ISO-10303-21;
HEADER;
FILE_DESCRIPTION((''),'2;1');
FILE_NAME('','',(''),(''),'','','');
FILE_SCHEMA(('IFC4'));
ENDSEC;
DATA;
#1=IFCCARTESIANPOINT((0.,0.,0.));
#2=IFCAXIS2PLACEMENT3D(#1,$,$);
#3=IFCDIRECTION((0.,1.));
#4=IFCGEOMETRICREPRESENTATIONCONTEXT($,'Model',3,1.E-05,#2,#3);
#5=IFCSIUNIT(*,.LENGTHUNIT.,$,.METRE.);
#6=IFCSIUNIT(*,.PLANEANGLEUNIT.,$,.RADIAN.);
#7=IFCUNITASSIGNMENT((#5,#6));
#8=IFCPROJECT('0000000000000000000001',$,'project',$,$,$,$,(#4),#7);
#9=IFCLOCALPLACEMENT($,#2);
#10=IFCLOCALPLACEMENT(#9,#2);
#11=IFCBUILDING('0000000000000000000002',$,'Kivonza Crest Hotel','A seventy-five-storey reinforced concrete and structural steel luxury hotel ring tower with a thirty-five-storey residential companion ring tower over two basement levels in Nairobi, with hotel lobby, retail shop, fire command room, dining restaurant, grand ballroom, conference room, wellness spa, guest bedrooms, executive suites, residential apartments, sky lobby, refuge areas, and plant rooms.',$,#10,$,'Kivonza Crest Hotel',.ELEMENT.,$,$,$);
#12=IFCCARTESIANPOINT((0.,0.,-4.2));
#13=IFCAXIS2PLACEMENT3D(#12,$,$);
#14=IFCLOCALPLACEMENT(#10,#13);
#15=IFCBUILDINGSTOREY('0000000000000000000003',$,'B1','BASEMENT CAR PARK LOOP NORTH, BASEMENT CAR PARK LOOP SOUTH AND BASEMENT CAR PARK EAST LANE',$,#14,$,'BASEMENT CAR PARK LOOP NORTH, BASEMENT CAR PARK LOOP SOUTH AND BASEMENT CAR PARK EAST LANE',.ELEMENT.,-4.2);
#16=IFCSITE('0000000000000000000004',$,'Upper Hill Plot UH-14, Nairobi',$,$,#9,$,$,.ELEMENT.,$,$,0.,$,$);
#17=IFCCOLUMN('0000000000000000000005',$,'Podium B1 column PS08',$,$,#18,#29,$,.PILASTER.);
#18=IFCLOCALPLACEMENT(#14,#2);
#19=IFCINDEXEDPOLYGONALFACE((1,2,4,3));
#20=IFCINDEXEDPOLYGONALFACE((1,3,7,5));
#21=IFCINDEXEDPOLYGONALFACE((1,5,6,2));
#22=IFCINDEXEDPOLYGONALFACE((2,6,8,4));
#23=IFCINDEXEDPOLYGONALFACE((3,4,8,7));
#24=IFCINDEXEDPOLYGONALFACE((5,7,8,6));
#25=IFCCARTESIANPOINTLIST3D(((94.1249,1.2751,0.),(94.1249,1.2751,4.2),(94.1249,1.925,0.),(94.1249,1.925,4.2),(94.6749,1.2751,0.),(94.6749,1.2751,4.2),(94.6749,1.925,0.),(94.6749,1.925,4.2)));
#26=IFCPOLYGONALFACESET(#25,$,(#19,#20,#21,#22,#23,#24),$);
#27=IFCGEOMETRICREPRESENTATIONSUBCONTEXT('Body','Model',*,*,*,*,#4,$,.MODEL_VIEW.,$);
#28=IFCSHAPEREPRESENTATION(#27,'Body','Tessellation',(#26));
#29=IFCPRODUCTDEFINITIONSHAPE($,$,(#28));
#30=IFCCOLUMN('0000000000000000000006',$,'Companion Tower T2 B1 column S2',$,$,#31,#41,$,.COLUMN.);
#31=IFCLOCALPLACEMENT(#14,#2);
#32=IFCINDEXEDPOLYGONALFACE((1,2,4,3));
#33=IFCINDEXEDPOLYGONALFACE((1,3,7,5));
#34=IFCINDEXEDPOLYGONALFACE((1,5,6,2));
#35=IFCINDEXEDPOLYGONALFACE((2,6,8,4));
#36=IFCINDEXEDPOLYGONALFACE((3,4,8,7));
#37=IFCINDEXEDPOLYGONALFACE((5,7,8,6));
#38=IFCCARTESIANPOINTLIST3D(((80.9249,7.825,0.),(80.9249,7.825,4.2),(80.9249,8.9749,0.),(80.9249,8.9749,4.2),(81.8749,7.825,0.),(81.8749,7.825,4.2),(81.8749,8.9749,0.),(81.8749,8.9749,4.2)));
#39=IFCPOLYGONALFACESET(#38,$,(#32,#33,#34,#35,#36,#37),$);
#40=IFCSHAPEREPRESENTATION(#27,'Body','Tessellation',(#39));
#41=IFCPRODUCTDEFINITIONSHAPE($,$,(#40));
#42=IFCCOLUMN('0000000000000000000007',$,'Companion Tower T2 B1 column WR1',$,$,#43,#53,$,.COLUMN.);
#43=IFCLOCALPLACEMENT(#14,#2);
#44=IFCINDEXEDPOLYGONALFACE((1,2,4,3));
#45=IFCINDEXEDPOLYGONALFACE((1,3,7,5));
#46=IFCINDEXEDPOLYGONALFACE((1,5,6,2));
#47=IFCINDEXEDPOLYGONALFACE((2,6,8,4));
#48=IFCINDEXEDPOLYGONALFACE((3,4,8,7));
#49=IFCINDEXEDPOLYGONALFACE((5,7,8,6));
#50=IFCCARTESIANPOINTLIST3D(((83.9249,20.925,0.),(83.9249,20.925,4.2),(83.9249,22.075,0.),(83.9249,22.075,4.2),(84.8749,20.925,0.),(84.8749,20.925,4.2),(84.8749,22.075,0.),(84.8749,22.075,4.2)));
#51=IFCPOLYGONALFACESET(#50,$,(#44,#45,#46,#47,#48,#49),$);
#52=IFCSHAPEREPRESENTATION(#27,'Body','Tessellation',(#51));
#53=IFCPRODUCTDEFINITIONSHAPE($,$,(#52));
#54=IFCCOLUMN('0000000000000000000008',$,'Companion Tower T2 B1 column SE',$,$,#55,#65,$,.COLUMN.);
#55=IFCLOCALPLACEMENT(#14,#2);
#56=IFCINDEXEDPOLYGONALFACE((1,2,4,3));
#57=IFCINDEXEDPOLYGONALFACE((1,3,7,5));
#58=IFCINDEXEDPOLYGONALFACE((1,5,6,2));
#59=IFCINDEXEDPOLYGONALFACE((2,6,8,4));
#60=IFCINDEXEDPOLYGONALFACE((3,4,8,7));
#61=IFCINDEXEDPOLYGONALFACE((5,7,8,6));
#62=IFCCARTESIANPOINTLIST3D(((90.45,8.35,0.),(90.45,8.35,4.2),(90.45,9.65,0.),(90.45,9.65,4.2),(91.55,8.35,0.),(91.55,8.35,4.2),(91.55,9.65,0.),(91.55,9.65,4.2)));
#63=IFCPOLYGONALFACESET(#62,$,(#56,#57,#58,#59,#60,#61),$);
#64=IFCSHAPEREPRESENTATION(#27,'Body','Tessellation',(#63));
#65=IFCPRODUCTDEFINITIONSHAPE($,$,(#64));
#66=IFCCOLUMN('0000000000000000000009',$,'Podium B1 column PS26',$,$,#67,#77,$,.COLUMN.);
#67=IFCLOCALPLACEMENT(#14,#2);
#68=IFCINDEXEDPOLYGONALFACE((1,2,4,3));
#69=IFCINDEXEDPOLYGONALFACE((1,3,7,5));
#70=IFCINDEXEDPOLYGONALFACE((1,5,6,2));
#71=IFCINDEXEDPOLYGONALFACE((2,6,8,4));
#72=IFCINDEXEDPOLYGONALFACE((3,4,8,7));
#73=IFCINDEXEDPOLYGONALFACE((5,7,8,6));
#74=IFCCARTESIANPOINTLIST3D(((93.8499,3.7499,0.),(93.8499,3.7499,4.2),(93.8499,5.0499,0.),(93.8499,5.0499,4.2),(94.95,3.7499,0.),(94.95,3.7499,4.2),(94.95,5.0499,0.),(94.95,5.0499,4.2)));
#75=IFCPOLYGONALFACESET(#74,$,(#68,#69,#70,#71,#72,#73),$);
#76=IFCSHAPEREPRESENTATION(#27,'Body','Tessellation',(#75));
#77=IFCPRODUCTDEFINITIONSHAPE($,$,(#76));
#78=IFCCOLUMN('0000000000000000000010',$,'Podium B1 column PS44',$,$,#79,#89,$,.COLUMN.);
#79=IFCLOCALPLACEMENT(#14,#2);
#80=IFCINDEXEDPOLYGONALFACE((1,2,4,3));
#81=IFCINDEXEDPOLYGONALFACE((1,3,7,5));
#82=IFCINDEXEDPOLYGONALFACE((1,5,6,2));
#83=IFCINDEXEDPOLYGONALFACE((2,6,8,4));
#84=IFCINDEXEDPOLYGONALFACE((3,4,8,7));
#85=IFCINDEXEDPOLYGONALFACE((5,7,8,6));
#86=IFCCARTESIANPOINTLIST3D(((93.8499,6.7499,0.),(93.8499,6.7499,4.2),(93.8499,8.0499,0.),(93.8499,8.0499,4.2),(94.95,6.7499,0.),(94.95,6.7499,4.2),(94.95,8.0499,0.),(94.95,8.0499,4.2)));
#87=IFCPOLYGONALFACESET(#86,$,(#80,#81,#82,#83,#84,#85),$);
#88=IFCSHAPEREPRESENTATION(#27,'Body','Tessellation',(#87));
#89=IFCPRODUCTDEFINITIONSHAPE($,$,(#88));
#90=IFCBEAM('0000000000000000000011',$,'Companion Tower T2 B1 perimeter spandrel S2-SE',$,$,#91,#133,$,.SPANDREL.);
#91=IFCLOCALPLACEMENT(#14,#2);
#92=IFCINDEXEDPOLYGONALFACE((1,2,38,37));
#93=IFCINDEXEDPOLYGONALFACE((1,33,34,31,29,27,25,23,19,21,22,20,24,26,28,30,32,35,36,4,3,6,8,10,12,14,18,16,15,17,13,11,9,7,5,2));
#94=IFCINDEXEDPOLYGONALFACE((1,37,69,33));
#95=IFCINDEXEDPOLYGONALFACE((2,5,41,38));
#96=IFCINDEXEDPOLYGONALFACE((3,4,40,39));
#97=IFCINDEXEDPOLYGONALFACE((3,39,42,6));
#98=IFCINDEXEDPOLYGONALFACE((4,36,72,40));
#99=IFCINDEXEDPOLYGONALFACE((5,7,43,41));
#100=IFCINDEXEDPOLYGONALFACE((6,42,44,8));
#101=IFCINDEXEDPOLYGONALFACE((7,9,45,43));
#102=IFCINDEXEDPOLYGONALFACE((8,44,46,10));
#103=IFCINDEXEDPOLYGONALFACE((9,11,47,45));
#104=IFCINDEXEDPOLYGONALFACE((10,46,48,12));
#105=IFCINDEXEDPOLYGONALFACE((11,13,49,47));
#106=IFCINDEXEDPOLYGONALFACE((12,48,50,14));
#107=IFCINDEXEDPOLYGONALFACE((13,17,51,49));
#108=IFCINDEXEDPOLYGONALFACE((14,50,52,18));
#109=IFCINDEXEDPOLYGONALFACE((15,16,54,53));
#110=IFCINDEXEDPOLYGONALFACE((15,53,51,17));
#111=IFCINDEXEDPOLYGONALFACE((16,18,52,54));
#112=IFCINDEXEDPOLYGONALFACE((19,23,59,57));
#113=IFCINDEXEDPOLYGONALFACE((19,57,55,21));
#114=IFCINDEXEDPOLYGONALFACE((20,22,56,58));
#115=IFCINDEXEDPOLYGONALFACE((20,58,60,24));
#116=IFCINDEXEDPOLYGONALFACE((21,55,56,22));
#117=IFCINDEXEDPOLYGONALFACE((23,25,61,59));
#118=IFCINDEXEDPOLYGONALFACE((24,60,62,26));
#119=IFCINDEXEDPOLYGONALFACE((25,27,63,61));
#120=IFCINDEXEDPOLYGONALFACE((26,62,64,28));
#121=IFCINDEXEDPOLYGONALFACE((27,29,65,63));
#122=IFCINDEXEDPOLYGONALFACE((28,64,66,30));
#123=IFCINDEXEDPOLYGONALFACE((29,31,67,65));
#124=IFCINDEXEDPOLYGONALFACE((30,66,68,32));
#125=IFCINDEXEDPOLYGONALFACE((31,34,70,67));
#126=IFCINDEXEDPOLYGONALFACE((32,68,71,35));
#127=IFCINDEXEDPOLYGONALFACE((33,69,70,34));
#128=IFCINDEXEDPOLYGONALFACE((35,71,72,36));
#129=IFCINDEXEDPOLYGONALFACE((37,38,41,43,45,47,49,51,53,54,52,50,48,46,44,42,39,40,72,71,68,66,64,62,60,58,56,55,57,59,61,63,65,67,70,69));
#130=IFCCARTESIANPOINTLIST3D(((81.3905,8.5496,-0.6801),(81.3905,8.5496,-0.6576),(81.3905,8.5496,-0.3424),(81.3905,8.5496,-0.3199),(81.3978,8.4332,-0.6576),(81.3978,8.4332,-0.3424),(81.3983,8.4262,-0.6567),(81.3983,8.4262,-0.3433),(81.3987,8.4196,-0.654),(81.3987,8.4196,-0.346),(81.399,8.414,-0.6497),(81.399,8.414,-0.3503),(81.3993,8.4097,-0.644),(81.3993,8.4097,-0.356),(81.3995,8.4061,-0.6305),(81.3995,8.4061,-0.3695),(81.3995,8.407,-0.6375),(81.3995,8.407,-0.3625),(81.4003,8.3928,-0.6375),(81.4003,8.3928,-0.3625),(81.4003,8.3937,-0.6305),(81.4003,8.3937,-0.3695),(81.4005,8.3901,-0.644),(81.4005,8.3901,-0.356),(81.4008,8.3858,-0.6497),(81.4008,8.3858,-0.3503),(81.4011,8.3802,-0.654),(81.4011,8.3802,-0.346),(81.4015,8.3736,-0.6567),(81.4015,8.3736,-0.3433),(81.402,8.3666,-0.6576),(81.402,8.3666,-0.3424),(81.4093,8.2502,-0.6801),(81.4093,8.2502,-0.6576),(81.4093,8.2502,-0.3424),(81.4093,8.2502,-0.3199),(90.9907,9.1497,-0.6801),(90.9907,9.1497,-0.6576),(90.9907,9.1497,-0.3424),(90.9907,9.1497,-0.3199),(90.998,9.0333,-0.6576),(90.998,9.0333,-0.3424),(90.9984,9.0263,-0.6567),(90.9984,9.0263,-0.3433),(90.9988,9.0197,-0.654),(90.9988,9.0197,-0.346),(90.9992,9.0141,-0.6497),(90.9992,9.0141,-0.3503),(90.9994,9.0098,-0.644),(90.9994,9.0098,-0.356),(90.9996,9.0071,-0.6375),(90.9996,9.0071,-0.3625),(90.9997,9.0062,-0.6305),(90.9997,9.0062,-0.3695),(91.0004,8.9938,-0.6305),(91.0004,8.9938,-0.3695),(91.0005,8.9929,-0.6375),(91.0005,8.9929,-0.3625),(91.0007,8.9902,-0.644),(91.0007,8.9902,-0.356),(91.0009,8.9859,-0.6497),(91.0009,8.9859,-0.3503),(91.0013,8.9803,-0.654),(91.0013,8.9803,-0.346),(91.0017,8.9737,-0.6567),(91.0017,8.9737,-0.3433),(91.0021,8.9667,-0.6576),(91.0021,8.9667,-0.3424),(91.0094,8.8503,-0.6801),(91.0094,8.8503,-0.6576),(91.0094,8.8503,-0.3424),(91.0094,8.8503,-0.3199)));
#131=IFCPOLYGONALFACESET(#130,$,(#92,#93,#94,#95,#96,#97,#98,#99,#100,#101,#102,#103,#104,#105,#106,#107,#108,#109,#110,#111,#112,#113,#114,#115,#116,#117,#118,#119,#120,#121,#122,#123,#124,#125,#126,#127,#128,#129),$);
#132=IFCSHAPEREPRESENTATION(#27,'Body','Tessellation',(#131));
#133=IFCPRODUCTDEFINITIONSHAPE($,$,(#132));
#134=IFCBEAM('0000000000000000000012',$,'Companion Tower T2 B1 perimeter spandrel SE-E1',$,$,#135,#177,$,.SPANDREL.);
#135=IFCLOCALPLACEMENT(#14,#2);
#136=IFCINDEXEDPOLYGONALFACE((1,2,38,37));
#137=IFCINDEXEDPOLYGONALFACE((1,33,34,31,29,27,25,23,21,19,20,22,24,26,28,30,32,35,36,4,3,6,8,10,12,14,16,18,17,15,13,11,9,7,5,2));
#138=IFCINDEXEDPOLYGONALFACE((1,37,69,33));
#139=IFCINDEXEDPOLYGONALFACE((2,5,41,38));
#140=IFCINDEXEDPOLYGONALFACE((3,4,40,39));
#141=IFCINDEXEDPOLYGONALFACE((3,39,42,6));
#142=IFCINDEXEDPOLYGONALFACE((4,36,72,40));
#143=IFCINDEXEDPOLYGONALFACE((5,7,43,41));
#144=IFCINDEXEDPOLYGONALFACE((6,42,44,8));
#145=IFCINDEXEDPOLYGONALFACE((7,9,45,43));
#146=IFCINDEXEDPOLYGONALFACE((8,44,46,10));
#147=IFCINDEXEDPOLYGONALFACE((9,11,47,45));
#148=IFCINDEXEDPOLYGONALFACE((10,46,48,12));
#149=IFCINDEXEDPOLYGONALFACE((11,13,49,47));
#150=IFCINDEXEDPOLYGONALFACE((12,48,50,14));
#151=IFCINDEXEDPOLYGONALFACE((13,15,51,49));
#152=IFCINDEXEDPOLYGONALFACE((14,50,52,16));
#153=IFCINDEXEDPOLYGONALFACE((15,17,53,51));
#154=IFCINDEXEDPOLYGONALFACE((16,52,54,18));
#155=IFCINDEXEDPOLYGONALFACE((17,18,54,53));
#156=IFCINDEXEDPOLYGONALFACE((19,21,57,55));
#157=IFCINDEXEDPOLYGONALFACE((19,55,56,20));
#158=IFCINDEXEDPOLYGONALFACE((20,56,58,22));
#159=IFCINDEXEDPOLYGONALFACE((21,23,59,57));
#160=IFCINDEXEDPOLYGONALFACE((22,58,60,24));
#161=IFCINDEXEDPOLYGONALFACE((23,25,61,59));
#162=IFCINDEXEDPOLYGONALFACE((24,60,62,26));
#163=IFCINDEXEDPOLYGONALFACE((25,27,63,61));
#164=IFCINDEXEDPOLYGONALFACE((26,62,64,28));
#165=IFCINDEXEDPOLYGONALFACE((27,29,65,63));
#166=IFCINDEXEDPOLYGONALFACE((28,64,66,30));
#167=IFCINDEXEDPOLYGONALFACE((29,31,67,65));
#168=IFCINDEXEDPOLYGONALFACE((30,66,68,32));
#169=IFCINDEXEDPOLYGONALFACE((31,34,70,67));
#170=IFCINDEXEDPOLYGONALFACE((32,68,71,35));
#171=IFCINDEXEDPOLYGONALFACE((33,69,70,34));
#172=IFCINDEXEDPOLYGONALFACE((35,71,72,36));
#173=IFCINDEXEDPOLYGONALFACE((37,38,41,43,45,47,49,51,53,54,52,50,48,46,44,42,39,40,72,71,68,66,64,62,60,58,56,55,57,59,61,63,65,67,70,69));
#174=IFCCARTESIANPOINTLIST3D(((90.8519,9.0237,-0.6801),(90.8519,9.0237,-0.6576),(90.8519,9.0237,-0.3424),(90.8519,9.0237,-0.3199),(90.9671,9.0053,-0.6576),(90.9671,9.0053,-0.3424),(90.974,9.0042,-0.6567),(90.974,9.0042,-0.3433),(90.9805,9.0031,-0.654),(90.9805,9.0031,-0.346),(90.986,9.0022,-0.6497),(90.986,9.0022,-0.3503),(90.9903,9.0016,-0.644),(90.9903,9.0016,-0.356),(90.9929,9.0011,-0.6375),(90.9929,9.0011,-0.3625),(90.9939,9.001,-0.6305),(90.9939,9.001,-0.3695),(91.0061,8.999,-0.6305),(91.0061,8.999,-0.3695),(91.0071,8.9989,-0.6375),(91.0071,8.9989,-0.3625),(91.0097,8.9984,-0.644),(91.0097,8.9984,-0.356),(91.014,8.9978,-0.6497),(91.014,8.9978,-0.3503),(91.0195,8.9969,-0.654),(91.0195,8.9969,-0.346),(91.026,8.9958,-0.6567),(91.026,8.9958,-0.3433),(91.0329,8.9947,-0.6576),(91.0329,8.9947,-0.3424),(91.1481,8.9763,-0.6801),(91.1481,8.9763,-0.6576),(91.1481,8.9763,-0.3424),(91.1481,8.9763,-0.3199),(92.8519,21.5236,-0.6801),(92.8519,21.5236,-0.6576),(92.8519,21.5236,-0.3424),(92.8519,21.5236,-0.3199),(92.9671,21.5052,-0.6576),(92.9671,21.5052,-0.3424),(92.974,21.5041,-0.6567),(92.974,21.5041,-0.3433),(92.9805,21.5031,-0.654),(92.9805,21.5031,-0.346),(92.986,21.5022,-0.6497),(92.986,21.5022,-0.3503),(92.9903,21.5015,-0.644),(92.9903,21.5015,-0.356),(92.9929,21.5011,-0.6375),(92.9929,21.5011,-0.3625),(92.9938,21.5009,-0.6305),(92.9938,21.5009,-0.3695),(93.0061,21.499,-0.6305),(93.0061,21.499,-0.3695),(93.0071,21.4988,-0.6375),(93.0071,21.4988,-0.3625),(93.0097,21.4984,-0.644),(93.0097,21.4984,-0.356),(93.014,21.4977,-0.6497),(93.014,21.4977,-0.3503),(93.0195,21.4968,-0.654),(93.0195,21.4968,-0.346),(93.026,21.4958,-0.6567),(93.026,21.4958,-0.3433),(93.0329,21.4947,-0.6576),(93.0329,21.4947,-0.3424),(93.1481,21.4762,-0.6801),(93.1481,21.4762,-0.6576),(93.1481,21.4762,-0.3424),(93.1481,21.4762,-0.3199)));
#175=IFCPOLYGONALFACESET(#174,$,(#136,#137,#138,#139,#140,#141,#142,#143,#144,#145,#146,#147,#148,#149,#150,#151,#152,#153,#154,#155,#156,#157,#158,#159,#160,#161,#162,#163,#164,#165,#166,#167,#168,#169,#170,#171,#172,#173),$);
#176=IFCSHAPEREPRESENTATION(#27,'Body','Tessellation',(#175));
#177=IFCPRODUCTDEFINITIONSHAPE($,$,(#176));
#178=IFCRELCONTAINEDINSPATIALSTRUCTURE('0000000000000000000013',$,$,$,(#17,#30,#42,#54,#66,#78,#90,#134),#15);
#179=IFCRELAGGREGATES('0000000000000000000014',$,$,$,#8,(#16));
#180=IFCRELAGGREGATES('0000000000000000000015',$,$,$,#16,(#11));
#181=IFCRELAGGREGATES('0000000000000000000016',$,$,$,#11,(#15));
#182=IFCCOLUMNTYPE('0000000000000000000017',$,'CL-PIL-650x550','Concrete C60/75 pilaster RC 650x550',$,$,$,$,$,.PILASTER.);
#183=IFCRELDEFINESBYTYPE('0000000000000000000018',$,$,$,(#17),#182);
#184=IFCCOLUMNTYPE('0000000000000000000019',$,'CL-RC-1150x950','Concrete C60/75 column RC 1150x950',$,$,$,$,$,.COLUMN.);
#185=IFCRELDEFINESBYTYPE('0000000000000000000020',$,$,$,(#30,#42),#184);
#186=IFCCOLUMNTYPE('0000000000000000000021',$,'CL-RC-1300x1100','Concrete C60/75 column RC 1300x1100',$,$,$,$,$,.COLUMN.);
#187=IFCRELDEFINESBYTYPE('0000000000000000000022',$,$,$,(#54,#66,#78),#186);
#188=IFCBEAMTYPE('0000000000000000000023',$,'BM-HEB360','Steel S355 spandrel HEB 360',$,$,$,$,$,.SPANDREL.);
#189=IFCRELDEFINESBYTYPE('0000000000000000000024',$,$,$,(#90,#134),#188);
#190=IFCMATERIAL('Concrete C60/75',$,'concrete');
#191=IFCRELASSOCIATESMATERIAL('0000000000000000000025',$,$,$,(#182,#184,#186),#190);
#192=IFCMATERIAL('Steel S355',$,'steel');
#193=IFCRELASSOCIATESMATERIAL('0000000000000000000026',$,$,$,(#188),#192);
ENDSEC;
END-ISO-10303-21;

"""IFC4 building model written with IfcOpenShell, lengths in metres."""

from ifc_helpers import new_model, si_unit, direction, frame, origin, origin_2d, place, context, subcontext, project, spatial, rectangle, i_section, extrude, material, material_profile, profile_set, type_object, element, save


model = new_model("IFC4")

# Units and contexts
model_context = context("Model", 3, precision=1e-05, world=origin(), true_north=direction((0.0, 1.0)))
body_context = subcontext(model_context, "Body", "Model", "MODEL_VIEW")
ifc_project = project(units=[si_unit("LENGTHUNIT", "METRE"), si_unit("PLANEANGLEUNIT", "RADIAN")], contexts=[model_context])

# Site, building, storey
site_placement = place(None, origin())
site = spatial("IfcSite", under=ifc_project, at=site_placement, Name="Upper Hill Plot UH-14, Nairobi", CompositionType="ELEMENT", RefElevation=0.0)
building_placement = place(site_placement, origin())
building = spatial("IfcBuilding", under=site, at=building_placement, Name="Kivonza Crest Hotel", Description="A seventy-five-storey reinforced concrete and structural steel luxury hotel ring tower with a thirty-five-storey residential companion ring tower over two basement levels in Nairobi, with hotel lobby, retail shop, fire command room, dining restaurant, grand ballroom, conference room, wellness spa, guest bedrooms, executive suites, residential apartments, sky lobby, refuge areas, and plant rooms.", LongName="Kivonza Crest Hotel", CompositionType="ELEMENT")
storey_placement = place(building_placement, frame((0.0, 0.0, -4.2)))
storey = spatial("IfcBuildingStorey", under=building, at=storey_placement, Name="B1", Description="BASEMENT CAR PARK LOOP NORTH, BASEMENT CAR PARK LOOP SOUTH AND BASEMENT CAR PARK EAST LANE", LongName="BASEMENT CAR PARK LOOP NORTH, BASEMENT CAR PARK LOOP SOUTH AND BASEMENT CAR PARK EAST LANE", CompositionType="ELEMENT", Elevation=-4.2)

# Columns
ifc_material_1 = material(Name="Concrete C60/75", Category="concrete")
ifc_material_profile_1 = material_profile(ifc_material_1, rectangle(XDim=0.55, YDim=0.6499, at=origin_2d()), Name="RC 650x550")
ifc_profile_set_1 = profile_set([ifc_material_profile_1], Name="Concrete C60/75")
column_type_1 = type_object("IfcColumnType", Name="CL-PIL-650x550", Description="Concrete C60/75 pilaster RC 650x550", PredefinedType="PILASTER", material=ifc_profile_set_1)
column_placement = place(storey_placement, frame((94.3999, 1.6001, 0.0), z_axis=(0.0, 0.0, 1.0), x_axis=(1.0, 0.0, 0.0)))
element("IfcColumn", 1, at=column_placement, inside=storey, type_object=column_type_1, Name="Podium B1 column PS08", PredefinedType="PILASTER", context=body_context, shape_type="SweptSolid", body=[
    extrude(rectangle(XDim=0.55, YDim=0.6499, at=origin_2d()), origin(), (0.0, 0.0, 1.0), 4.2),
])
ifc_material_profile_2 = material_profile(ifc_material_1, rectangle(XDim=0.95, YDim=1.1499, at=origin_2d()), Name="RC 1150x950")
ifc_profile_set_2 = profile_set([ifc_material_profile_2], Name="Concrete C60/75")
column_type_2 = type_object("IfcColumnType", Name="CL-RC-1150x950", Description="Concrete C60/75 column RC 1150x950", PredefinedType="COLUMN", material=ifc_profile_set_2)
for number, where, z_axis, x_axis, name in (
    (2, (81.3999, 8.3999, 0.0), (0.0, 0.0, 1.0), (1.0, 0.0, 0.0), "Companion Tower T2 B1 column S2"),
    (3, (84.3999, 21.5, 0.0), (0.0, 0.0, 1.0), (1.0, 0.0, 0.0), "Companion Tower T2 B1 column WR1"),
):
    element("IfcColumn", number, at=place(storey_placement, frame(where, z_axis=z_axis, x_axis=x_axis)), inside=storey, type_object=column_type_2, Name=name, PredefinedType="COLUMN", context=body_context, shape_type="SweptSolid", body=[
        extrude(rectangle(XDim=0.95, YDim=1.1499, at=origin_2d()), origin(), (0.0, 0.0, 1.0), 4.2),
    ])
ifc_material_profile_3 = material_profile(ifc_material_1, rectangle(XDim=1.1001, YDim=1.3, at=origin_2d()), Name="RC 1300x1100")
ifc_profile_set_3 = profile_set([ifc_material_profile_3], Name="Concrete C60/75")
column_type_3 = type_object("IfcColumnType", Name="CL-RC-1300x1100", Description="Concrete C60/75 column RC 1300x1100", PredefinedType="COLUMN", material=ifc_profile_set_3)
for number, where, z_axis, x_axis, name in (
    (4, (91.0, 9.0, 0.0), (0.0, 0.0, 1.0), (1.0, 0.0, 0.0), "Companion Tower T2 B1 column SE"),
    (5, (94.3999, 4.3999, 0.0), (0.0, 0.0, 1.0), (1.0, 0.0, 0.0), "Podium B1 column PS26"),
    (6, (94.3999, 7.3999, 0.0), (0.0, 0.0, 1.0), (1.0, 0.0, 0.0), "Podium B1 column PS44"),
):
    element("IfcColumn", number, at=place(storey_placement, frame(where, z_axis=z_axis, x_axis=x_axis)), inside=storey, type_object=column_type_3, Name=name, PredefinedType="COLUMN", context=body_context, shape_type="SweptSolid", body=[
        extrude(rectangle(XDim=1.1001, YDim=1.3, at=origin_2d()), origin(), (0.0, 0.0, 1.0), 4.2),
    ])

# Beams
ifc_material_2 = material(Name="Steel S355", Category="steel")
ifc_material_profile_4 = material_profile(ifc_material_2, i_section(OverallWidth=0.3, OverallDepth=0.3601, WebThickness=0.0125, FlangeThickness=0.0225, FilletRadius=0.0271, at=origin_2d()), Name="HEB 360")
ifc_profile_set_4 = profile_set([ifc_material_profile_4], Name="Steel S355")
beam_type_1 = type_object("IfcBeamType", Name="BM-HEB360", Description="Steel S355 spandrel HEB 360", PredefinedType="SPANDREL", material=ifc_profile_set_4)
beam_1_placement = place(storey_placement, frame((81.3999, 8.3999, -0.5), z_axis=(0.998052, 0.062388, 0.0), x_axis=(-0.062388, 0.998052, 0.0)))
element("IfcBeam", 7, at=beam_1_placement, inside=storey, type_object=beam_type_1, Name="Companion Tower T2 B1 perimeter spandrel S2-SE", PredefinedType="SPANDREL", context=body_context, shape_type="SweptSolid", body=[
    extrude(i_section(OverallWidth=0.3, OverallDepth=0.3601, WebThickness=0.0125, FlangeThickness=0.0225, FilletRadius=0.0271, at=origin_2d()), origin(), (0.0, 0.0, 1.0), 9.6189),
])
beam_2_placement = place(storey_placement, frame((91.0, 9.0, -0.5), z_axis=(0.157991, 0.987441, 0.0), x_axis=(-0.987441, 0.157991, 0.0)))
element("IfcBeam", 8, at=beam_2_placement, inside=storey, type_object=beam_type_1, Name="Companion Tower T2 B1 perimeter spandrel SE-E1", PredefinedType="SPANDREL", context=body_context, shape_type="SweptSolid", body=[
    extrude(i_section(OverallWidth=0.3, OverallDepth=0.3601, WebThickness=0.0125, FlangeThickness=0.0225, FilletRadius=0.0271, at=origin_2d()), origin(), (0.0, 0.0, 1.0), 12.6589),
])

save(model, "model.ifc")
